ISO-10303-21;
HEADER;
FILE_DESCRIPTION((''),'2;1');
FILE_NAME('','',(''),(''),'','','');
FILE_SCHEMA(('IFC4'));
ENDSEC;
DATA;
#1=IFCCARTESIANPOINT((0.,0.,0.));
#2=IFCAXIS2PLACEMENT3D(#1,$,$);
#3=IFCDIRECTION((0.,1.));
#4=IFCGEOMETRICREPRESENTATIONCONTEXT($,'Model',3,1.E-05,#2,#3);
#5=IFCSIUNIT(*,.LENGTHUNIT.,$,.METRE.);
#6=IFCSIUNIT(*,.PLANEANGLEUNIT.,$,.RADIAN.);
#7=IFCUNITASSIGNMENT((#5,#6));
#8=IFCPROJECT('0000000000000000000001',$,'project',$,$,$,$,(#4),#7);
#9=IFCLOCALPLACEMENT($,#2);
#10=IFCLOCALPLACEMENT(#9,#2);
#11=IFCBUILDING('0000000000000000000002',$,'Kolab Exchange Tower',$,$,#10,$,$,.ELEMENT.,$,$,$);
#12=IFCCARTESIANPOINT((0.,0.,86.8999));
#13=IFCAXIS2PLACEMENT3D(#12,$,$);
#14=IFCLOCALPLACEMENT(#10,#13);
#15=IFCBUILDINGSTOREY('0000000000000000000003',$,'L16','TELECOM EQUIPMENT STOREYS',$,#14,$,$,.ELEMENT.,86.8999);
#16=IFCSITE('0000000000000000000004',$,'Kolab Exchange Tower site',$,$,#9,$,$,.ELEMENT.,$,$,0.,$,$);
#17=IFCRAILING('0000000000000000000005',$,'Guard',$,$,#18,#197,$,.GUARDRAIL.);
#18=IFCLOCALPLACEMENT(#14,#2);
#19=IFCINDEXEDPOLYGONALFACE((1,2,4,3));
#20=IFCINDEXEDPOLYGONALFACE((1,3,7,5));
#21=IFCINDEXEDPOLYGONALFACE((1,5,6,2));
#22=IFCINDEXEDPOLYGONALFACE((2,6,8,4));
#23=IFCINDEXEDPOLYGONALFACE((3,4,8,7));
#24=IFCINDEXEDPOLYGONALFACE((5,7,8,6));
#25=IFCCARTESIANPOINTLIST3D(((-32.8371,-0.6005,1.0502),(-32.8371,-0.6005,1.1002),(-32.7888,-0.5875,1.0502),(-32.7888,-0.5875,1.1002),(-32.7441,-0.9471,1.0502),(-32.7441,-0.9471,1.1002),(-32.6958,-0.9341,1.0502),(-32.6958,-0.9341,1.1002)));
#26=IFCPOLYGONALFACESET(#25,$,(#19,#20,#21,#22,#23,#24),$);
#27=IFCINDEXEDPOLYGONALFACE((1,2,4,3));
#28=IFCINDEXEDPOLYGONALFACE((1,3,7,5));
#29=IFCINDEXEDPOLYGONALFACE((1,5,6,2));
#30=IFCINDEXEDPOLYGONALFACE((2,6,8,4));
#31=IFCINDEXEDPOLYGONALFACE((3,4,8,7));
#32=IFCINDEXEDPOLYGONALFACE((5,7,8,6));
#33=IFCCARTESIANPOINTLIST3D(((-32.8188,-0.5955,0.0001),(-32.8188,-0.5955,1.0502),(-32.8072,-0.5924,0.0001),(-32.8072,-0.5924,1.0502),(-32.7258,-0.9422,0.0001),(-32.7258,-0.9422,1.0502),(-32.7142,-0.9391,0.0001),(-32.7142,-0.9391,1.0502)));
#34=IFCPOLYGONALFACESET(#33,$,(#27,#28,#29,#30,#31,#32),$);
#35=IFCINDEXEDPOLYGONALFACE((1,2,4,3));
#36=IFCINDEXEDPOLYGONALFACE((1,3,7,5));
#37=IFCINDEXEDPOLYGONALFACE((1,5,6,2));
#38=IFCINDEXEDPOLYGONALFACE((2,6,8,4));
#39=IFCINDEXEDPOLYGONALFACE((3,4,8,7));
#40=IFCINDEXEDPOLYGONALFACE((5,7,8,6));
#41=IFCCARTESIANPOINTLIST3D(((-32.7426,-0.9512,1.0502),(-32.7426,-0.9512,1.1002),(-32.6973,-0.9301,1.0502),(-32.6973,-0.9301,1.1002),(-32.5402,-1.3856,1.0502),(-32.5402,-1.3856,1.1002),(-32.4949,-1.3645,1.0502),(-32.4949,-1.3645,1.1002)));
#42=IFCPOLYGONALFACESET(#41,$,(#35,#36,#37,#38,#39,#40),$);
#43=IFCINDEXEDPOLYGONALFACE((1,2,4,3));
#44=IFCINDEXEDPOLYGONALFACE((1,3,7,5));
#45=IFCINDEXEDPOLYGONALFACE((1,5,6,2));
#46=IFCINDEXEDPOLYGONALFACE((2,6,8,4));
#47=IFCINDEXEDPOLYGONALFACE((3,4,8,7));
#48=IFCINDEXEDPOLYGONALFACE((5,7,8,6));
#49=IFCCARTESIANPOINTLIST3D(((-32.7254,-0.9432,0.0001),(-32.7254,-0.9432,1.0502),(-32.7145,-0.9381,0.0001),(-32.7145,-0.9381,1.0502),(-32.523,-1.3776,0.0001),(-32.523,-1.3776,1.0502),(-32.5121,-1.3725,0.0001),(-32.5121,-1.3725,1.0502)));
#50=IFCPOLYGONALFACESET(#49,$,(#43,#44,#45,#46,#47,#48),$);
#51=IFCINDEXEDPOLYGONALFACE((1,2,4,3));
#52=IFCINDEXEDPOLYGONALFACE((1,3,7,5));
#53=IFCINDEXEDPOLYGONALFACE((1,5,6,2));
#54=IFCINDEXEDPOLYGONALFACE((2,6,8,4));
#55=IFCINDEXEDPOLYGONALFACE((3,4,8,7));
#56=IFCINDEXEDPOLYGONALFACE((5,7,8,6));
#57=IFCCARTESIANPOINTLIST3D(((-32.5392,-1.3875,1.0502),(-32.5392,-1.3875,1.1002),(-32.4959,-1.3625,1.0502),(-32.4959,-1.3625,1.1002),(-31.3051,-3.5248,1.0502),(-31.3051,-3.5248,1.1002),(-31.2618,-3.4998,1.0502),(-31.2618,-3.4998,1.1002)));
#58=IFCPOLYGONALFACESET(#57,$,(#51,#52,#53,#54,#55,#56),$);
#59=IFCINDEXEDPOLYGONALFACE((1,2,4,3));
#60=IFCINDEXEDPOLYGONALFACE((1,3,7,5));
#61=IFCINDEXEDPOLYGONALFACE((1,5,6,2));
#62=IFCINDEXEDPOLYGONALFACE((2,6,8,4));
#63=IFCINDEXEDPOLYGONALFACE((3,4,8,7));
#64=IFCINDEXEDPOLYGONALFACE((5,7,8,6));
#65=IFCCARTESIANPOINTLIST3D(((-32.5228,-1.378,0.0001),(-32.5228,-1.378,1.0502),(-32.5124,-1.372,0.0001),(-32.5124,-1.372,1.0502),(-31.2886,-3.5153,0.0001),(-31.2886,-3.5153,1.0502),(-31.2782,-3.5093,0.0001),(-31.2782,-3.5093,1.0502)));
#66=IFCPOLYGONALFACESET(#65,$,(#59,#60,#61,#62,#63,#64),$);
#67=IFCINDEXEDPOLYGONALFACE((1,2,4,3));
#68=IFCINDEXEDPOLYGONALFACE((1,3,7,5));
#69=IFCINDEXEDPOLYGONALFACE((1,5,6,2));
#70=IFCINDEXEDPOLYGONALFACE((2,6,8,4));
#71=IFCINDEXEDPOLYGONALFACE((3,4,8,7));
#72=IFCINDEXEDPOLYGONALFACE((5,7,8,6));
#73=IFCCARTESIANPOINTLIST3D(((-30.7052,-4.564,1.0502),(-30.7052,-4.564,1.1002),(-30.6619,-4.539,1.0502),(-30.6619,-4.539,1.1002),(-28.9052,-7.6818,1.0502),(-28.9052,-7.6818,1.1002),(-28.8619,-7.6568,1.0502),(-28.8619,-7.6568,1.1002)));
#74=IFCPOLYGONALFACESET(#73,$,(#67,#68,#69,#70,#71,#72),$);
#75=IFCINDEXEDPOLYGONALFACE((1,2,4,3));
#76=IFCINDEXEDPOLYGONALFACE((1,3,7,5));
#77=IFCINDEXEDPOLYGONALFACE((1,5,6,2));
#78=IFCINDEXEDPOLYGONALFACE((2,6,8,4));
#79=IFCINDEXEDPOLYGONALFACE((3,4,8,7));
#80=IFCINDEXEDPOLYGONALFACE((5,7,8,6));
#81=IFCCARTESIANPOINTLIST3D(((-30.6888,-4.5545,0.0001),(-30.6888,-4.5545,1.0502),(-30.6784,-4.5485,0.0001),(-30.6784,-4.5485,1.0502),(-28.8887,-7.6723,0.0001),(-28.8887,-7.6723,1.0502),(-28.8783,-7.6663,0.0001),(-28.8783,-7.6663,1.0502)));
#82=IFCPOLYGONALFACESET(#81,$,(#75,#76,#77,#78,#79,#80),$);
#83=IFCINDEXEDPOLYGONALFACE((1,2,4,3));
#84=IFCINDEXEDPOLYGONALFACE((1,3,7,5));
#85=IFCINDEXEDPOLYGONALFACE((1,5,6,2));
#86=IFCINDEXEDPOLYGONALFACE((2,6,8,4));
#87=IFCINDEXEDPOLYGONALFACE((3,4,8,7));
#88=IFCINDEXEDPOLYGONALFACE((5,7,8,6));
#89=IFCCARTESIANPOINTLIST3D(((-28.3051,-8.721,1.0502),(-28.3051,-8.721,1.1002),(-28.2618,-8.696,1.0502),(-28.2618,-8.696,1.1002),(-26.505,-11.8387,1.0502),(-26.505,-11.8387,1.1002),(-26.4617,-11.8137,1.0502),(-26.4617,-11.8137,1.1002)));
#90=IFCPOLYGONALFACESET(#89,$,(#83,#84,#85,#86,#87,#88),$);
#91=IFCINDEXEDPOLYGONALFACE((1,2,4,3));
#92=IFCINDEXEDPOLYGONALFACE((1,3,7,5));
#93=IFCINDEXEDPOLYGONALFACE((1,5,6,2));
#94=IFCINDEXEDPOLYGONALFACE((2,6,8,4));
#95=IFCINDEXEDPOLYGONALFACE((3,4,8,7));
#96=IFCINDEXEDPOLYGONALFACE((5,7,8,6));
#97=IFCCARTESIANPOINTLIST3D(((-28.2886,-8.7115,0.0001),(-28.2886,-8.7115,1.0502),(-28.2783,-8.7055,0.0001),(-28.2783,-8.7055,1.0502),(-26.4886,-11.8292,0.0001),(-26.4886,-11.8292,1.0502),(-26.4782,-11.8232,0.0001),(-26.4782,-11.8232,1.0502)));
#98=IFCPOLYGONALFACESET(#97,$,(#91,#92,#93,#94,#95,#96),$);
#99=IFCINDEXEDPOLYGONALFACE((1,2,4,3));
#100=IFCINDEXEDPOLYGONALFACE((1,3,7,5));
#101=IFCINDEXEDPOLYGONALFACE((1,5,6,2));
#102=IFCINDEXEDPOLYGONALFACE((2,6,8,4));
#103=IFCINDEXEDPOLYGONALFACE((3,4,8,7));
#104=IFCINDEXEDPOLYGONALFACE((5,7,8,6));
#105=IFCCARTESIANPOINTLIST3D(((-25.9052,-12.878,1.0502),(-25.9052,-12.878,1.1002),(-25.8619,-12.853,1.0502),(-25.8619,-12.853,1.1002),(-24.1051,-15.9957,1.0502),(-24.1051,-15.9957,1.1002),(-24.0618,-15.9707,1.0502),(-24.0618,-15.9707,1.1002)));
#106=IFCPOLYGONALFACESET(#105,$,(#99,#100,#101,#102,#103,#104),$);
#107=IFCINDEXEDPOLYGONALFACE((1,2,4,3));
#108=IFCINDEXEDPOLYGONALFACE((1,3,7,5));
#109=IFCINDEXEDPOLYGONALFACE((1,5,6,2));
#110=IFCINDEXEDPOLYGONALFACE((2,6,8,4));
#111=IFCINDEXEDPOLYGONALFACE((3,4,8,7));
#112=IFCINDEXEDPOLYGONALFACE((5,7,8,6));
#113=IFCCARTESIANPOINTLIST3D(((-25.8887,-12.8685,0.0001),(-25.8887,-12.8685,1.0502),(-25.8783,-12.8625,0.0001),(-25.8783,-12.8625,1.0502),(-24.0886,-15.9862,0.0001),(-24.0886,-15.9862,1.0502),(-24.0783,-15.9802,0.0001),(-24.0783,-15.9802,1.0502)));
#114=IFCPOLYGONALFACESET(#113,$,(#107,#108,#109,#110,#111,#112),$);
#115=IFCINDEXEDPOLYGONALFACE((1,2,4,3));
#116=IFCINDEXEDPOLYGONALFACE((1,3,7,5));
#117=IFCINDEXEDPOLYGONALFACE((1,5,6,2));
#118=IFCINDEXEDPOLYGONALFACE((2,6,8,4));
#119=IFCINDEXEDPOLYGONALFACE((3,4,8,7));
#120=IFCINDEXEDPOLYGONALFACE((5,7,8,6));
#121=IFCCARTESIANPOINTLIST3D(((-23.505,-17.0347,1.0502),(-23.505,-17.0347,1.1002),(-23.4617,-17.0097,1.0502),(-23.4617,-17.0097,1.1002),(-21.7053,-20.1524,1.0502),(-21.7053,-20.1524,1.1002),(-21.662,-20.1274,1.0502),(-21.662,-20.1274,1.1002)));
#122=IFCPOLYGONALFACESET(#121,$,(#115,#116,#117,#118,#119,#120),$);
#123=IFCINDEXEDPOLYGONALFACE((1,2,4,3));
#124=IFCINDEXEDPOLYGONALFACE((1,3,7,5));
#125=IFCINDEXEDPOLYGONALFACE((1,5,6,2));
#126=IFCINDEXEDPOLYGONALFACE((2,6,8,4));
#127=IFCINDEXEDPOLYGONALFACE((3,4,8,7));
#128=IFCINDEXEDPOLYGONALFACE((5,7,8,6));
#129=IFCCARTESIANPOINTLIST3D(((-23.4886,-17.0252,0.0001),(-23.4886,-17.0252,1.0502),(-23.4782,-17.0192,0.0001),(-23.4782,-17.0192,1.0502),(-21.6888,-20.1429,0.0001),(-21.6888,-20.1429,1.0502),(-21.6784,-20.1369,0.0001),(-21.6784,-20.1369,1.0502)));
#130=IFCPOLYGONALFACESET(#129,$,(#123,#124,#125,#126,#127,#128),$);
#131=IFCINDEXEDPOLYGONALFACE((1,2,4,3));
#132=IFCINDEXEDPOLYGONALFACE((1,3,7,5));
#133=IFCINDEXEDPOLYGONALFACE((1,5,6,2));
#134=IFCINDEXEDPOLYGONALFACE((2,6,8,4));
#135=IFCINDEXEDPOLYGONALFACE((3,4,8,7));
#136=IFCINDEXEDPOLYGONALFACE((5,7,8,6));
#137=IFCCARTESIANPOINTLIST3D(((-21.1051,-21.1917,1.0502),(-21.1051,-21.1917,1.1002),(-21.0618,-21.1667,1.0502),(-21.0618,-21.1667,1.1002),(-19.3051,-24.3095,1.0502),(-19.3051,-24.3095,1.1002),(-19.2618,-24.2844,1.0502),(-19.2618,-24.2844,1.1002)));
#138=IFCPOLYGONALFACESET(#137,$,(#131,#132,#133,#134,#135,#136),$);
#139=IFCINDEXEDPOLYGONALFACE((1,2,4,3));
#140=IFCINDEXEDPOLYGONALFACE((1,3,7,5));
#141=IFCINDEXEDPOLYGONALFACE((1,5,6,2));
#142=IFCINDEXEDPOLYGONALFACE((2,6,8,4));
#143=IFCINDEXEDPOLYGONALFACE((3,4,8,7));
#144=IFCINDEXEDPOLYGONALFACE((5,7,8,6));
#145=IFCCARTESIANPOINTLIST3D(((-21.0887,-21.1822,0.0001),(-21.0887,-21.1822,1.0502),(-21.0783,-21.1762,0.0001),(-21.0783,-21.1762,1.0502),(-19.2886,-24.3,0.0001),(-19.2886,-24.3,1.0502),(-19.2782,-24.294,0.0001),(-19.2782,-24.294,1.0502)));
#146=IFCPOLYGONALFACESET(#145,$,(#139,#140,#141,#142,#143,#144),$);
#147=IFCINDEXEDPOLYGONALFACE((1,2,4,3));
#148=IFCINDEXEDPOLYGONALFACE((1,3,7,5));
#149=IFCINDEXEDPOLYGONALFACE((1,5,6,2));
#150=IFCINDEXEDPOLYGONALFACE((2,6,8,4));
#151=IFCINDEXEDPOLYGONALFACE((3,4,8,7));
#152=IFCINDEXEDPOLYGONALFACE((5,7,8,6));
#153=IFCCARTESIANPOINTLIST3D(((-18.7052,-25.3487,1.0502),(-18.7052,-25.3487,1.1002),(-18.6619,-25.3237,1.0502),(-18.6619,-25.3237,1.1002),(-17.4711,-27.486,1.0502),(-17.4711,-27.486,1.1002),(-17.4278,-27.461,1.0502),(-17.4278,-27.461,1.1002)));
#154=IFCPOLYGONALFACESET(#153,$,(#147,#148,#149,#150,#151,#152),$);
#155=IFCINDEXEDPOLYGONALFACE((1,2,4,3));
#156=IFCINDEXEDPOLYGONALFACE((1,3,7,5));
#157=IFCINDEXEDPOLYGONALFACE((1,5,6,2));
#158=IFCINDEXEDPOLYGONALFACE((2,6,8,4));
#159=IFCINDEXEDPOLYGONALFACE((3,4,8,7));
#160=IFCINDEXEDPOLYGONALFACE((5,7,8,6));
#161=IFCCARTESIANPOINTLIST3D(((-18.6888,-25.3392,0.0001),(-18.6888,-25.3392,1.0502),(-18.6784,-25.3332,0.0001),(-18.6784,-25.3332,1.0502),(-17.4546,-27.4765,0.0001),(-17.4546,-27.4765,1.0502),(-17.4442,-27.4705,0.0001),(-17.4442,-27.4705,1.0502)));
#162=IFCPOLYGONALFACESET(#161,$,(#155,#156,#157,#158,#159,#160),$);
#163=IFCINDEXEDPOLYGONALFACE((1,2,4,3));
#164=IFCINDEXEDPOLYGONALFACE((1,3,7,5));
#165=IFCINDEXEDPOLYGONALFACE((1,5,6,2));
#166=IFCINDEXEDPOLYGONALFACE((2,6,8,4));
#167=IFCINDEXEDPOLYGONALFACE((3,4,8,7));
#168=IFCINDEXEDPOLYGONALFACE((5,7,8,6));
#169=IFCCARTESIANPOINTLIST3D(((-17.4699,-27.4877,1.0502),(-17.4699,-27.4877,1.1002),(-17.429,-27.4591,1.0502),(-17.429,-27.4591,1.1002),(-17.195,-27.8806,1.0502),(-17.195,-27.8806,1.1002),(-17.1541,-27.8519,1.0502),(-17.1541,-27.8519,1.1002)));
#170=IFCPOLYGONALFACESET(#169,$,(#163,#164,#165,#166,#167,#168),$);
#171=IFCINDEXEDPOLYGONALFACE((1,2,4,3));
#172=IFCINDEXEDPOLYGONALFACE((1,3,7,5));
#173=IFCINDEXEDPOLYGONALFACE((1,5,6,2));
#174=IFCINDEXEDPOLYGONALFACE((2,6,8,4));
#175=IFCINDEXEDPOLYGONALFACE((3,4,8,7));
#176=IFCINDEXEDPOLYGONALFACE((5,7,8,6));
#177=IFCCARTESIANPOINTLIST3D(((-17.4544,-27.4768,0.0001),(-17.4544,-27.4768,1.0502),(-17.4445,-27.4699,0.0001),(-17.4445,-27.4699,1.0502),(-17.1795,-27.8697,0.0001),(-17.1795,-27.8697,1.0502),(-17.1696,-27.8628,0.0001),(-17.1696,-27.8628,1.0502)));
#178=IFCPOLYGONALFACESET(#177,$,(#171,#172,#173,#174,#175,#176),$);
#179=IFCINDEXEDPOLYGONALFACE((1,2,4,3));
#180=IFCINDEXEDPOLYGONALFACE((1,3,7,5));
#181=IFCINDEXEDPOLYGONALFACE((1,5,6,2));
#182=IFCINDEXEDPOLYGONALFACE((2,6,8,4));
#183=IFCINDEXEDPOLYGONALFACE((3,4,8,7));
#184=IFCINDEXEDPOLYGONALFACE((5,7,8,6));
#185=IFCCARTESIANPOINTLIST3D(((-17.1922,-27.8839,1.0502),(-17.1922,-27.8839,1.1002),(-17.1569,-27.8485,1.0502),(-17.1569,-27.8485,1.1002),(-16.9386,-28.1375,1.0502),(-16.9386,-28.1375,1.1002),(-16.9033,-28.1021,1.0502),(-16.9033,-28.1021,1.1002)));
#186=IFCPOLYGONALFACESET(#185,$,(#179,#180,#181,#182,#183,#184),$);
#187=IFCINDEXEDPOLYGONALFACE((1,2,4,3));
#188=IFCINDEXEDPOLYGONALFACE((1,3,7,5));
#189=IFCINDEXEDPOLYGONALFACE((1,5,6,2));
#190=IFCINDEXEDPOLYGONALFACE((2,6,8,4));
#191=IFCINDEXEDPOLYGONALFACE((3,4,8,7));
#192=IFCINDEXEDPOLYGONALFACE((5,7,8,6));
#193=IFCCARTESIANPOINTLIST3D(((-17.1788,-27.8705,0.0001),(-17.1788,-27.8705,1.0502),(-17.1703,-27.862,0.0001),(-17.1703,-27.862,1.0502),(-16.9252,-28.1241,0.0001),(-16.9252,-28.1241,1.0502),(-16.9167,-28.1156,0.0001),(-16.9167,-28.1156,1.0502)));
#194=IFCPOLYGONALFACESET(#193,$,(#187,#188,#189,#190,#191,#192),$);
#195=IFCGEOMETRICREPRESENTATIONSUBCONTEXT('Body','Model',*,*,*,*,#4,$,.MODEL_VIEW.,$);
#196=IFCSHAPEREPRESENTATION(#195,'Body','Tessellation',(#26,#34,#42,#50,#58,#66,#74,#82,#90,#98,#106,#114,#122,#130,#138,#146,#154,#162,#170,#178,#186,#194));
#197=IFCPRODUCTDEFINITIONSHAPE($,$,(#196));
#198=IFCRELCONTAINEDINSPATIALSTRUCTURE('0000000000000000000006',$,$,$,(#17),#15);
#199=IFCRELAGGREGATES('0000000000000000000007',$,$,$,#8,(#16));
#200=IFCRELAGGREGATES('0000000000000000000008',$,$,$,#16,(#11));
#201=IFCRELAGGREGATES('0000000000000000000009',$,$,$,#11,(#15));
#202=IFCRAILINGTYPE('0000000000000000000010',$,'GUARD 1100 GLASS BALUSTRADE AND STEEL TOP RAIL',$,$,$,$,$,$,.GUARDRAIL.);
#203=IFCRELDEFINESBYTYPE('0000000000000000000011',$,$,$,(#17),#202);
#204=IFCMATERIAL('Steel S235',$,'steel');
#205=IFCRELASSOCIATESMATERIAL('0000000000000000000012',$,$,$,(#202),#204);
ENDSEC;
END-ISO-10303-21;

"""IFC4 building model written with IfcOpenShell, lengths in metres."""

from ifc_helpers import new_model, si_unit, direction, frame, frame_2d, origin, origin_2d, place, context, subcontext, project, spatial, rectangle, extrude, material, type_object, element, save


model = new_model("IFC4")

# Units and contexts
model_context = context("Model", 3, precision=1e-05, world=origin(), true_north=direction((0.0, 1.0)))
body_context = subcontext(model_context, "Body", "Model", "MODEL_VIEW")
ifc_project = project(units=[si_unit("LENGTHUNIT", "METRE"), si_unit("PLANEANGLEUNIT", "RADIAN")], contexts=[model_context])

# Site, building, storey
site_placement = place(None, origin())
site = spatial("IfcSite", under=ifc_project, at=site_placement, Name="Kolab Exchange Tower site", CompositionType="ELEMENT", RefElevation=0.0)
building_placement = place(site_placement, origin())
building = spatial("IfcBuilding", under=site, at=building_placement, Name="Kolab Exchange Tower", CompositionType="ELEMENT")
storey_placement = place(building_placement, frame((0.0, 0.0, 86.8999)))
storey = spatial("IfcBuildingStorey", under=building, at=storey_placement, Name="L16", Description="TELECOM EQUIPMENT STOREYS", CompositionType="ELEMENT", Elevation=86.8999)

# Railing
ifc_material_1 = material(Name="Steel S235", Category="steel")
railing_type = type_object("IfcRailingType", Name="GUARD 1100 GLASS BALUSTRADE AND STEEL TOP RAIL", PredefinedType="GUARDRAIL", material=ifc_material_1)
railing_placement = place(storey_placement, frame((-32.813, -0.594, 0.0)))
element("IfcRailing", 1, at=railing_placement, inside=storey, type_object=railing_type, Name="Guard", PredefinedType="GUARDRAIL", context=body_context, shape_type="SweptSolid", body=[
    extrude(rectangle(XDim=0.05, YDim=0.05, at=origin_2d()), frame((0.0, 0.0, 1.0752), z_axis=(0.259144, -0.965839, 0.0), x_axis=(0.965839, 0.259144, 0.0)), (0.0, 0.0, 1.0), 0.3589),
    extrude(rectangle(XDim=0.012, YDim=1.0501, at=frame_2d((0.0, 0.5251))), frame((0.0, 0.0, 0.0), z_axis=(0.259144, -0.965839, 0.0), x_axis=(0.965839, 0.259144, 0.0)), (0.0, 0.0, 1.0), 0.3589),
    extrude(rectangle(XDim=0.05, YDim=0.05, at=origin_2d()), frame((0.093, -0.3467, 1.0752), z_axis=(0.422383, -0.906417, 0.0), x_axis=(0.906417, 0.422383, 0.0)), (0.0, 0.0, 1.0), 0.4792),
    extrude(rectangle(XDim=0.012, YDim=1.0501, at=frame_2d((0.0, 0.5251))), frame((0.093, -0.3467, 0.0), z_axis=(0.422383, -0.906417, 0.0), x_axis=(0.906417, 0.422383, 0.0)), (0.0, 0.0, 1.0), 0.4792),
    extrude(rectangle(XDim=0.05, YDim=0.05, at=origin_2d()), frame((0.2954, -0.781, 1.0752), z_axis=(0.500065, -0.865988, 0.0), x_axis=(0.865988, 0.500065, 0.0)), (0.0, 0.0, 1.0), 2.468),
    extrude(rectangle(XDim=0.012, YDim=1.0501, at=frame_2d((0.0, 0.5251))), frame((0.2954, -0.781, 0.0), z_axis=(0.500065, -0.865988, 0.0), x_axis=(0.865988, 0.500065, 0.0)), (0.0, 0.0, 1.0), 2.468),
    extrude(rectangle(XDim=0.05, YDim=0.05, at=origin_2d()), frame((2.1294, -3.9575, 1.0752), z_axis=(0.500012, -0.866018, 0.0), x_axis=(0.866018, 0.500012, 0.0)), (0.0, 0.0, 1.0), 3.6001),
    extrude(rectangle(XDim=0.012, YDim=1.0501, at=frame_2d((0.0, 0.5251))), frame((2.1294, -3.9575, 0.0), z_axis=(0.500012, -0.866018, 0.0), x_axis=(0.866018, 0.500012, 0.0)), (0.0, 0.0, 1.0), 3.6001),
    extrude(rectangle(XDim=0.05, YDim=0.05, at=origin_2d()), frame((4.5295, -8.1145, 1.0752), z_axis=(0.500012, -0.866018, 0.0), x_axis=(0.866018, 0.500012, 0.0)), (0.0, 0.0, 1.0), 3.6001),
    extrude(rectangle(XDim=0.012, YDim=1.0501, at=frame_2d((0.0, 0.5251))), frame((4.5295, -8.1145, 0.0), z_axis=(0.500012, -0.866018, 0.0), x_axis=(0.866018, 0.500012, 0.0)), (0.0, 0.0, 1.0), 3.6001),
    extrude(rectangle(XDim=0.05, YDim=0.05, at=origin_2d()), frame((6.9294, -12.2715, 1.0752), z_axis=(0.500012, -0.866018, 0.0), x_axis=(0.866018, 0.500012, 0.0)), (0.0, 0.0, 1.0), 3.6001),
    extrude(rectangle(XDim=0.012, YDim=1.0501, at=frame_2d((0.0, 0.5251))), frame((6.9294, -12.2715, 0.0), z_axis=(0.500012, -0.866018, 0.0), x_axis=(0.866018, 0.500012, 0.0)), (0.0, 0.0, 1.0), 3.6001),
    extrude(rectangle(XDim=0.05, YDim=0.05, at=origin_2d()), frame((9.3296, -16.4282, 1.0752), z_axis=(0.499961, -0.866048, 0.0), x_axis=(0.866048, 0.499961, 0.0)), (0.0, 0.0, 1.0), 3.5999),
    extrude(rectangle(XDim=0.012, YDim=1.0501, at=frame_2d((0.0, 0.5251))), frame((9.3296, -16.4282, 0.0), z_axis=(0.499961, -0.866048, 0.0), x_axis=(0.866048, 0.499961, 0.0)), (0.0, 0.0, 1.0), 3.5999),
    extrude(rectangle(XDim=0.05, YDim=0.05, at=origin_2d()), frame((11.7295, -20.5852, 1.0752), z_axis=(0.500012, -0.866018, 0.0), x_axis=(0.866018, 0.500012, 0.0)), (0.0, 0.0, 1.0), 3.6001),
    extrude(rectangle(XDim=0.012, YDim=1.0501, at=frame_2d((0.0, 0.5251))), frame((11.7295, -20.5852, 0.0), z_axis=(0.500012, -0.866018, 0.0), x_axis=(0.866018, 0.500012, 0.0)), (0.0, 0.0, 1.0), 3.6001),
    extrude(rectangle(XDim=0.05, YDim=0.05, at=origin_2d()), frame((14.1294, -24.7422, 1.0752), z_axis=(0.500065, -0.865988, 0.0), x_axis=(0.865988, 0.500065, 0.0)), (0.0, 0.0, 1.0), 2.468),
    extrude(rectangle(XDim=0.012, YDim=1.0501, at=frame_2d((0.0, 0.5251))), frame((14.1294, -24.7422, 0.0), z_axis=(0.500065, -0.865988, 0.0), x_axis=(0.865988, 0.500065, 0.0)), (0.0, 0.0, 1.0), 2.468),
    extrude(rectangle(XDim=0.05, YDim=0.05, at=origin_2d()), frame((15.3635, -26.8794, 1.0752), z_axis=(0.57336, -0.819304, 0.0), x_axis=(0.819304, 0.57336, 0.0)), (0.0, 0.0, 1.0), 0.4795),
    extrude(rectangle(XDim=0.012, YDim=1.0501, at=frame_2d((0.0, 0.5251))), frame((15.3635, -26.8794, 0.0), z_axis=(0.57336, -0.819304, 0.0), x_axis=(0.819304, 0.57336, 0.0)), (0.0, 0.0, 1.0), 0.4795),
    extrude(rectangle(XDim=0.05, YDim=0.05, at=origin_2d()), frame((15.6384, -27.2722, 1.0752), z_axis=(0.707107, -0.707107, 0.0), x_axis=(0.707107, 0.707107, 0.0)), (0.0, 0.0, 1.0), 0.3586),
    extrude(rectangle(XDim=0.012, YDim=1.0501, at=frame_2d((0.0, 0.5251))), frame((15.6384, -27.2722, 0.0), z_axis=(0.707107, -0.707107, 0.0), x_axis=(0.707107, 0.707107, 0.0)), (0.0, 0.0, 1.0), 0.3586),
])

save(model, "model.ifc")
